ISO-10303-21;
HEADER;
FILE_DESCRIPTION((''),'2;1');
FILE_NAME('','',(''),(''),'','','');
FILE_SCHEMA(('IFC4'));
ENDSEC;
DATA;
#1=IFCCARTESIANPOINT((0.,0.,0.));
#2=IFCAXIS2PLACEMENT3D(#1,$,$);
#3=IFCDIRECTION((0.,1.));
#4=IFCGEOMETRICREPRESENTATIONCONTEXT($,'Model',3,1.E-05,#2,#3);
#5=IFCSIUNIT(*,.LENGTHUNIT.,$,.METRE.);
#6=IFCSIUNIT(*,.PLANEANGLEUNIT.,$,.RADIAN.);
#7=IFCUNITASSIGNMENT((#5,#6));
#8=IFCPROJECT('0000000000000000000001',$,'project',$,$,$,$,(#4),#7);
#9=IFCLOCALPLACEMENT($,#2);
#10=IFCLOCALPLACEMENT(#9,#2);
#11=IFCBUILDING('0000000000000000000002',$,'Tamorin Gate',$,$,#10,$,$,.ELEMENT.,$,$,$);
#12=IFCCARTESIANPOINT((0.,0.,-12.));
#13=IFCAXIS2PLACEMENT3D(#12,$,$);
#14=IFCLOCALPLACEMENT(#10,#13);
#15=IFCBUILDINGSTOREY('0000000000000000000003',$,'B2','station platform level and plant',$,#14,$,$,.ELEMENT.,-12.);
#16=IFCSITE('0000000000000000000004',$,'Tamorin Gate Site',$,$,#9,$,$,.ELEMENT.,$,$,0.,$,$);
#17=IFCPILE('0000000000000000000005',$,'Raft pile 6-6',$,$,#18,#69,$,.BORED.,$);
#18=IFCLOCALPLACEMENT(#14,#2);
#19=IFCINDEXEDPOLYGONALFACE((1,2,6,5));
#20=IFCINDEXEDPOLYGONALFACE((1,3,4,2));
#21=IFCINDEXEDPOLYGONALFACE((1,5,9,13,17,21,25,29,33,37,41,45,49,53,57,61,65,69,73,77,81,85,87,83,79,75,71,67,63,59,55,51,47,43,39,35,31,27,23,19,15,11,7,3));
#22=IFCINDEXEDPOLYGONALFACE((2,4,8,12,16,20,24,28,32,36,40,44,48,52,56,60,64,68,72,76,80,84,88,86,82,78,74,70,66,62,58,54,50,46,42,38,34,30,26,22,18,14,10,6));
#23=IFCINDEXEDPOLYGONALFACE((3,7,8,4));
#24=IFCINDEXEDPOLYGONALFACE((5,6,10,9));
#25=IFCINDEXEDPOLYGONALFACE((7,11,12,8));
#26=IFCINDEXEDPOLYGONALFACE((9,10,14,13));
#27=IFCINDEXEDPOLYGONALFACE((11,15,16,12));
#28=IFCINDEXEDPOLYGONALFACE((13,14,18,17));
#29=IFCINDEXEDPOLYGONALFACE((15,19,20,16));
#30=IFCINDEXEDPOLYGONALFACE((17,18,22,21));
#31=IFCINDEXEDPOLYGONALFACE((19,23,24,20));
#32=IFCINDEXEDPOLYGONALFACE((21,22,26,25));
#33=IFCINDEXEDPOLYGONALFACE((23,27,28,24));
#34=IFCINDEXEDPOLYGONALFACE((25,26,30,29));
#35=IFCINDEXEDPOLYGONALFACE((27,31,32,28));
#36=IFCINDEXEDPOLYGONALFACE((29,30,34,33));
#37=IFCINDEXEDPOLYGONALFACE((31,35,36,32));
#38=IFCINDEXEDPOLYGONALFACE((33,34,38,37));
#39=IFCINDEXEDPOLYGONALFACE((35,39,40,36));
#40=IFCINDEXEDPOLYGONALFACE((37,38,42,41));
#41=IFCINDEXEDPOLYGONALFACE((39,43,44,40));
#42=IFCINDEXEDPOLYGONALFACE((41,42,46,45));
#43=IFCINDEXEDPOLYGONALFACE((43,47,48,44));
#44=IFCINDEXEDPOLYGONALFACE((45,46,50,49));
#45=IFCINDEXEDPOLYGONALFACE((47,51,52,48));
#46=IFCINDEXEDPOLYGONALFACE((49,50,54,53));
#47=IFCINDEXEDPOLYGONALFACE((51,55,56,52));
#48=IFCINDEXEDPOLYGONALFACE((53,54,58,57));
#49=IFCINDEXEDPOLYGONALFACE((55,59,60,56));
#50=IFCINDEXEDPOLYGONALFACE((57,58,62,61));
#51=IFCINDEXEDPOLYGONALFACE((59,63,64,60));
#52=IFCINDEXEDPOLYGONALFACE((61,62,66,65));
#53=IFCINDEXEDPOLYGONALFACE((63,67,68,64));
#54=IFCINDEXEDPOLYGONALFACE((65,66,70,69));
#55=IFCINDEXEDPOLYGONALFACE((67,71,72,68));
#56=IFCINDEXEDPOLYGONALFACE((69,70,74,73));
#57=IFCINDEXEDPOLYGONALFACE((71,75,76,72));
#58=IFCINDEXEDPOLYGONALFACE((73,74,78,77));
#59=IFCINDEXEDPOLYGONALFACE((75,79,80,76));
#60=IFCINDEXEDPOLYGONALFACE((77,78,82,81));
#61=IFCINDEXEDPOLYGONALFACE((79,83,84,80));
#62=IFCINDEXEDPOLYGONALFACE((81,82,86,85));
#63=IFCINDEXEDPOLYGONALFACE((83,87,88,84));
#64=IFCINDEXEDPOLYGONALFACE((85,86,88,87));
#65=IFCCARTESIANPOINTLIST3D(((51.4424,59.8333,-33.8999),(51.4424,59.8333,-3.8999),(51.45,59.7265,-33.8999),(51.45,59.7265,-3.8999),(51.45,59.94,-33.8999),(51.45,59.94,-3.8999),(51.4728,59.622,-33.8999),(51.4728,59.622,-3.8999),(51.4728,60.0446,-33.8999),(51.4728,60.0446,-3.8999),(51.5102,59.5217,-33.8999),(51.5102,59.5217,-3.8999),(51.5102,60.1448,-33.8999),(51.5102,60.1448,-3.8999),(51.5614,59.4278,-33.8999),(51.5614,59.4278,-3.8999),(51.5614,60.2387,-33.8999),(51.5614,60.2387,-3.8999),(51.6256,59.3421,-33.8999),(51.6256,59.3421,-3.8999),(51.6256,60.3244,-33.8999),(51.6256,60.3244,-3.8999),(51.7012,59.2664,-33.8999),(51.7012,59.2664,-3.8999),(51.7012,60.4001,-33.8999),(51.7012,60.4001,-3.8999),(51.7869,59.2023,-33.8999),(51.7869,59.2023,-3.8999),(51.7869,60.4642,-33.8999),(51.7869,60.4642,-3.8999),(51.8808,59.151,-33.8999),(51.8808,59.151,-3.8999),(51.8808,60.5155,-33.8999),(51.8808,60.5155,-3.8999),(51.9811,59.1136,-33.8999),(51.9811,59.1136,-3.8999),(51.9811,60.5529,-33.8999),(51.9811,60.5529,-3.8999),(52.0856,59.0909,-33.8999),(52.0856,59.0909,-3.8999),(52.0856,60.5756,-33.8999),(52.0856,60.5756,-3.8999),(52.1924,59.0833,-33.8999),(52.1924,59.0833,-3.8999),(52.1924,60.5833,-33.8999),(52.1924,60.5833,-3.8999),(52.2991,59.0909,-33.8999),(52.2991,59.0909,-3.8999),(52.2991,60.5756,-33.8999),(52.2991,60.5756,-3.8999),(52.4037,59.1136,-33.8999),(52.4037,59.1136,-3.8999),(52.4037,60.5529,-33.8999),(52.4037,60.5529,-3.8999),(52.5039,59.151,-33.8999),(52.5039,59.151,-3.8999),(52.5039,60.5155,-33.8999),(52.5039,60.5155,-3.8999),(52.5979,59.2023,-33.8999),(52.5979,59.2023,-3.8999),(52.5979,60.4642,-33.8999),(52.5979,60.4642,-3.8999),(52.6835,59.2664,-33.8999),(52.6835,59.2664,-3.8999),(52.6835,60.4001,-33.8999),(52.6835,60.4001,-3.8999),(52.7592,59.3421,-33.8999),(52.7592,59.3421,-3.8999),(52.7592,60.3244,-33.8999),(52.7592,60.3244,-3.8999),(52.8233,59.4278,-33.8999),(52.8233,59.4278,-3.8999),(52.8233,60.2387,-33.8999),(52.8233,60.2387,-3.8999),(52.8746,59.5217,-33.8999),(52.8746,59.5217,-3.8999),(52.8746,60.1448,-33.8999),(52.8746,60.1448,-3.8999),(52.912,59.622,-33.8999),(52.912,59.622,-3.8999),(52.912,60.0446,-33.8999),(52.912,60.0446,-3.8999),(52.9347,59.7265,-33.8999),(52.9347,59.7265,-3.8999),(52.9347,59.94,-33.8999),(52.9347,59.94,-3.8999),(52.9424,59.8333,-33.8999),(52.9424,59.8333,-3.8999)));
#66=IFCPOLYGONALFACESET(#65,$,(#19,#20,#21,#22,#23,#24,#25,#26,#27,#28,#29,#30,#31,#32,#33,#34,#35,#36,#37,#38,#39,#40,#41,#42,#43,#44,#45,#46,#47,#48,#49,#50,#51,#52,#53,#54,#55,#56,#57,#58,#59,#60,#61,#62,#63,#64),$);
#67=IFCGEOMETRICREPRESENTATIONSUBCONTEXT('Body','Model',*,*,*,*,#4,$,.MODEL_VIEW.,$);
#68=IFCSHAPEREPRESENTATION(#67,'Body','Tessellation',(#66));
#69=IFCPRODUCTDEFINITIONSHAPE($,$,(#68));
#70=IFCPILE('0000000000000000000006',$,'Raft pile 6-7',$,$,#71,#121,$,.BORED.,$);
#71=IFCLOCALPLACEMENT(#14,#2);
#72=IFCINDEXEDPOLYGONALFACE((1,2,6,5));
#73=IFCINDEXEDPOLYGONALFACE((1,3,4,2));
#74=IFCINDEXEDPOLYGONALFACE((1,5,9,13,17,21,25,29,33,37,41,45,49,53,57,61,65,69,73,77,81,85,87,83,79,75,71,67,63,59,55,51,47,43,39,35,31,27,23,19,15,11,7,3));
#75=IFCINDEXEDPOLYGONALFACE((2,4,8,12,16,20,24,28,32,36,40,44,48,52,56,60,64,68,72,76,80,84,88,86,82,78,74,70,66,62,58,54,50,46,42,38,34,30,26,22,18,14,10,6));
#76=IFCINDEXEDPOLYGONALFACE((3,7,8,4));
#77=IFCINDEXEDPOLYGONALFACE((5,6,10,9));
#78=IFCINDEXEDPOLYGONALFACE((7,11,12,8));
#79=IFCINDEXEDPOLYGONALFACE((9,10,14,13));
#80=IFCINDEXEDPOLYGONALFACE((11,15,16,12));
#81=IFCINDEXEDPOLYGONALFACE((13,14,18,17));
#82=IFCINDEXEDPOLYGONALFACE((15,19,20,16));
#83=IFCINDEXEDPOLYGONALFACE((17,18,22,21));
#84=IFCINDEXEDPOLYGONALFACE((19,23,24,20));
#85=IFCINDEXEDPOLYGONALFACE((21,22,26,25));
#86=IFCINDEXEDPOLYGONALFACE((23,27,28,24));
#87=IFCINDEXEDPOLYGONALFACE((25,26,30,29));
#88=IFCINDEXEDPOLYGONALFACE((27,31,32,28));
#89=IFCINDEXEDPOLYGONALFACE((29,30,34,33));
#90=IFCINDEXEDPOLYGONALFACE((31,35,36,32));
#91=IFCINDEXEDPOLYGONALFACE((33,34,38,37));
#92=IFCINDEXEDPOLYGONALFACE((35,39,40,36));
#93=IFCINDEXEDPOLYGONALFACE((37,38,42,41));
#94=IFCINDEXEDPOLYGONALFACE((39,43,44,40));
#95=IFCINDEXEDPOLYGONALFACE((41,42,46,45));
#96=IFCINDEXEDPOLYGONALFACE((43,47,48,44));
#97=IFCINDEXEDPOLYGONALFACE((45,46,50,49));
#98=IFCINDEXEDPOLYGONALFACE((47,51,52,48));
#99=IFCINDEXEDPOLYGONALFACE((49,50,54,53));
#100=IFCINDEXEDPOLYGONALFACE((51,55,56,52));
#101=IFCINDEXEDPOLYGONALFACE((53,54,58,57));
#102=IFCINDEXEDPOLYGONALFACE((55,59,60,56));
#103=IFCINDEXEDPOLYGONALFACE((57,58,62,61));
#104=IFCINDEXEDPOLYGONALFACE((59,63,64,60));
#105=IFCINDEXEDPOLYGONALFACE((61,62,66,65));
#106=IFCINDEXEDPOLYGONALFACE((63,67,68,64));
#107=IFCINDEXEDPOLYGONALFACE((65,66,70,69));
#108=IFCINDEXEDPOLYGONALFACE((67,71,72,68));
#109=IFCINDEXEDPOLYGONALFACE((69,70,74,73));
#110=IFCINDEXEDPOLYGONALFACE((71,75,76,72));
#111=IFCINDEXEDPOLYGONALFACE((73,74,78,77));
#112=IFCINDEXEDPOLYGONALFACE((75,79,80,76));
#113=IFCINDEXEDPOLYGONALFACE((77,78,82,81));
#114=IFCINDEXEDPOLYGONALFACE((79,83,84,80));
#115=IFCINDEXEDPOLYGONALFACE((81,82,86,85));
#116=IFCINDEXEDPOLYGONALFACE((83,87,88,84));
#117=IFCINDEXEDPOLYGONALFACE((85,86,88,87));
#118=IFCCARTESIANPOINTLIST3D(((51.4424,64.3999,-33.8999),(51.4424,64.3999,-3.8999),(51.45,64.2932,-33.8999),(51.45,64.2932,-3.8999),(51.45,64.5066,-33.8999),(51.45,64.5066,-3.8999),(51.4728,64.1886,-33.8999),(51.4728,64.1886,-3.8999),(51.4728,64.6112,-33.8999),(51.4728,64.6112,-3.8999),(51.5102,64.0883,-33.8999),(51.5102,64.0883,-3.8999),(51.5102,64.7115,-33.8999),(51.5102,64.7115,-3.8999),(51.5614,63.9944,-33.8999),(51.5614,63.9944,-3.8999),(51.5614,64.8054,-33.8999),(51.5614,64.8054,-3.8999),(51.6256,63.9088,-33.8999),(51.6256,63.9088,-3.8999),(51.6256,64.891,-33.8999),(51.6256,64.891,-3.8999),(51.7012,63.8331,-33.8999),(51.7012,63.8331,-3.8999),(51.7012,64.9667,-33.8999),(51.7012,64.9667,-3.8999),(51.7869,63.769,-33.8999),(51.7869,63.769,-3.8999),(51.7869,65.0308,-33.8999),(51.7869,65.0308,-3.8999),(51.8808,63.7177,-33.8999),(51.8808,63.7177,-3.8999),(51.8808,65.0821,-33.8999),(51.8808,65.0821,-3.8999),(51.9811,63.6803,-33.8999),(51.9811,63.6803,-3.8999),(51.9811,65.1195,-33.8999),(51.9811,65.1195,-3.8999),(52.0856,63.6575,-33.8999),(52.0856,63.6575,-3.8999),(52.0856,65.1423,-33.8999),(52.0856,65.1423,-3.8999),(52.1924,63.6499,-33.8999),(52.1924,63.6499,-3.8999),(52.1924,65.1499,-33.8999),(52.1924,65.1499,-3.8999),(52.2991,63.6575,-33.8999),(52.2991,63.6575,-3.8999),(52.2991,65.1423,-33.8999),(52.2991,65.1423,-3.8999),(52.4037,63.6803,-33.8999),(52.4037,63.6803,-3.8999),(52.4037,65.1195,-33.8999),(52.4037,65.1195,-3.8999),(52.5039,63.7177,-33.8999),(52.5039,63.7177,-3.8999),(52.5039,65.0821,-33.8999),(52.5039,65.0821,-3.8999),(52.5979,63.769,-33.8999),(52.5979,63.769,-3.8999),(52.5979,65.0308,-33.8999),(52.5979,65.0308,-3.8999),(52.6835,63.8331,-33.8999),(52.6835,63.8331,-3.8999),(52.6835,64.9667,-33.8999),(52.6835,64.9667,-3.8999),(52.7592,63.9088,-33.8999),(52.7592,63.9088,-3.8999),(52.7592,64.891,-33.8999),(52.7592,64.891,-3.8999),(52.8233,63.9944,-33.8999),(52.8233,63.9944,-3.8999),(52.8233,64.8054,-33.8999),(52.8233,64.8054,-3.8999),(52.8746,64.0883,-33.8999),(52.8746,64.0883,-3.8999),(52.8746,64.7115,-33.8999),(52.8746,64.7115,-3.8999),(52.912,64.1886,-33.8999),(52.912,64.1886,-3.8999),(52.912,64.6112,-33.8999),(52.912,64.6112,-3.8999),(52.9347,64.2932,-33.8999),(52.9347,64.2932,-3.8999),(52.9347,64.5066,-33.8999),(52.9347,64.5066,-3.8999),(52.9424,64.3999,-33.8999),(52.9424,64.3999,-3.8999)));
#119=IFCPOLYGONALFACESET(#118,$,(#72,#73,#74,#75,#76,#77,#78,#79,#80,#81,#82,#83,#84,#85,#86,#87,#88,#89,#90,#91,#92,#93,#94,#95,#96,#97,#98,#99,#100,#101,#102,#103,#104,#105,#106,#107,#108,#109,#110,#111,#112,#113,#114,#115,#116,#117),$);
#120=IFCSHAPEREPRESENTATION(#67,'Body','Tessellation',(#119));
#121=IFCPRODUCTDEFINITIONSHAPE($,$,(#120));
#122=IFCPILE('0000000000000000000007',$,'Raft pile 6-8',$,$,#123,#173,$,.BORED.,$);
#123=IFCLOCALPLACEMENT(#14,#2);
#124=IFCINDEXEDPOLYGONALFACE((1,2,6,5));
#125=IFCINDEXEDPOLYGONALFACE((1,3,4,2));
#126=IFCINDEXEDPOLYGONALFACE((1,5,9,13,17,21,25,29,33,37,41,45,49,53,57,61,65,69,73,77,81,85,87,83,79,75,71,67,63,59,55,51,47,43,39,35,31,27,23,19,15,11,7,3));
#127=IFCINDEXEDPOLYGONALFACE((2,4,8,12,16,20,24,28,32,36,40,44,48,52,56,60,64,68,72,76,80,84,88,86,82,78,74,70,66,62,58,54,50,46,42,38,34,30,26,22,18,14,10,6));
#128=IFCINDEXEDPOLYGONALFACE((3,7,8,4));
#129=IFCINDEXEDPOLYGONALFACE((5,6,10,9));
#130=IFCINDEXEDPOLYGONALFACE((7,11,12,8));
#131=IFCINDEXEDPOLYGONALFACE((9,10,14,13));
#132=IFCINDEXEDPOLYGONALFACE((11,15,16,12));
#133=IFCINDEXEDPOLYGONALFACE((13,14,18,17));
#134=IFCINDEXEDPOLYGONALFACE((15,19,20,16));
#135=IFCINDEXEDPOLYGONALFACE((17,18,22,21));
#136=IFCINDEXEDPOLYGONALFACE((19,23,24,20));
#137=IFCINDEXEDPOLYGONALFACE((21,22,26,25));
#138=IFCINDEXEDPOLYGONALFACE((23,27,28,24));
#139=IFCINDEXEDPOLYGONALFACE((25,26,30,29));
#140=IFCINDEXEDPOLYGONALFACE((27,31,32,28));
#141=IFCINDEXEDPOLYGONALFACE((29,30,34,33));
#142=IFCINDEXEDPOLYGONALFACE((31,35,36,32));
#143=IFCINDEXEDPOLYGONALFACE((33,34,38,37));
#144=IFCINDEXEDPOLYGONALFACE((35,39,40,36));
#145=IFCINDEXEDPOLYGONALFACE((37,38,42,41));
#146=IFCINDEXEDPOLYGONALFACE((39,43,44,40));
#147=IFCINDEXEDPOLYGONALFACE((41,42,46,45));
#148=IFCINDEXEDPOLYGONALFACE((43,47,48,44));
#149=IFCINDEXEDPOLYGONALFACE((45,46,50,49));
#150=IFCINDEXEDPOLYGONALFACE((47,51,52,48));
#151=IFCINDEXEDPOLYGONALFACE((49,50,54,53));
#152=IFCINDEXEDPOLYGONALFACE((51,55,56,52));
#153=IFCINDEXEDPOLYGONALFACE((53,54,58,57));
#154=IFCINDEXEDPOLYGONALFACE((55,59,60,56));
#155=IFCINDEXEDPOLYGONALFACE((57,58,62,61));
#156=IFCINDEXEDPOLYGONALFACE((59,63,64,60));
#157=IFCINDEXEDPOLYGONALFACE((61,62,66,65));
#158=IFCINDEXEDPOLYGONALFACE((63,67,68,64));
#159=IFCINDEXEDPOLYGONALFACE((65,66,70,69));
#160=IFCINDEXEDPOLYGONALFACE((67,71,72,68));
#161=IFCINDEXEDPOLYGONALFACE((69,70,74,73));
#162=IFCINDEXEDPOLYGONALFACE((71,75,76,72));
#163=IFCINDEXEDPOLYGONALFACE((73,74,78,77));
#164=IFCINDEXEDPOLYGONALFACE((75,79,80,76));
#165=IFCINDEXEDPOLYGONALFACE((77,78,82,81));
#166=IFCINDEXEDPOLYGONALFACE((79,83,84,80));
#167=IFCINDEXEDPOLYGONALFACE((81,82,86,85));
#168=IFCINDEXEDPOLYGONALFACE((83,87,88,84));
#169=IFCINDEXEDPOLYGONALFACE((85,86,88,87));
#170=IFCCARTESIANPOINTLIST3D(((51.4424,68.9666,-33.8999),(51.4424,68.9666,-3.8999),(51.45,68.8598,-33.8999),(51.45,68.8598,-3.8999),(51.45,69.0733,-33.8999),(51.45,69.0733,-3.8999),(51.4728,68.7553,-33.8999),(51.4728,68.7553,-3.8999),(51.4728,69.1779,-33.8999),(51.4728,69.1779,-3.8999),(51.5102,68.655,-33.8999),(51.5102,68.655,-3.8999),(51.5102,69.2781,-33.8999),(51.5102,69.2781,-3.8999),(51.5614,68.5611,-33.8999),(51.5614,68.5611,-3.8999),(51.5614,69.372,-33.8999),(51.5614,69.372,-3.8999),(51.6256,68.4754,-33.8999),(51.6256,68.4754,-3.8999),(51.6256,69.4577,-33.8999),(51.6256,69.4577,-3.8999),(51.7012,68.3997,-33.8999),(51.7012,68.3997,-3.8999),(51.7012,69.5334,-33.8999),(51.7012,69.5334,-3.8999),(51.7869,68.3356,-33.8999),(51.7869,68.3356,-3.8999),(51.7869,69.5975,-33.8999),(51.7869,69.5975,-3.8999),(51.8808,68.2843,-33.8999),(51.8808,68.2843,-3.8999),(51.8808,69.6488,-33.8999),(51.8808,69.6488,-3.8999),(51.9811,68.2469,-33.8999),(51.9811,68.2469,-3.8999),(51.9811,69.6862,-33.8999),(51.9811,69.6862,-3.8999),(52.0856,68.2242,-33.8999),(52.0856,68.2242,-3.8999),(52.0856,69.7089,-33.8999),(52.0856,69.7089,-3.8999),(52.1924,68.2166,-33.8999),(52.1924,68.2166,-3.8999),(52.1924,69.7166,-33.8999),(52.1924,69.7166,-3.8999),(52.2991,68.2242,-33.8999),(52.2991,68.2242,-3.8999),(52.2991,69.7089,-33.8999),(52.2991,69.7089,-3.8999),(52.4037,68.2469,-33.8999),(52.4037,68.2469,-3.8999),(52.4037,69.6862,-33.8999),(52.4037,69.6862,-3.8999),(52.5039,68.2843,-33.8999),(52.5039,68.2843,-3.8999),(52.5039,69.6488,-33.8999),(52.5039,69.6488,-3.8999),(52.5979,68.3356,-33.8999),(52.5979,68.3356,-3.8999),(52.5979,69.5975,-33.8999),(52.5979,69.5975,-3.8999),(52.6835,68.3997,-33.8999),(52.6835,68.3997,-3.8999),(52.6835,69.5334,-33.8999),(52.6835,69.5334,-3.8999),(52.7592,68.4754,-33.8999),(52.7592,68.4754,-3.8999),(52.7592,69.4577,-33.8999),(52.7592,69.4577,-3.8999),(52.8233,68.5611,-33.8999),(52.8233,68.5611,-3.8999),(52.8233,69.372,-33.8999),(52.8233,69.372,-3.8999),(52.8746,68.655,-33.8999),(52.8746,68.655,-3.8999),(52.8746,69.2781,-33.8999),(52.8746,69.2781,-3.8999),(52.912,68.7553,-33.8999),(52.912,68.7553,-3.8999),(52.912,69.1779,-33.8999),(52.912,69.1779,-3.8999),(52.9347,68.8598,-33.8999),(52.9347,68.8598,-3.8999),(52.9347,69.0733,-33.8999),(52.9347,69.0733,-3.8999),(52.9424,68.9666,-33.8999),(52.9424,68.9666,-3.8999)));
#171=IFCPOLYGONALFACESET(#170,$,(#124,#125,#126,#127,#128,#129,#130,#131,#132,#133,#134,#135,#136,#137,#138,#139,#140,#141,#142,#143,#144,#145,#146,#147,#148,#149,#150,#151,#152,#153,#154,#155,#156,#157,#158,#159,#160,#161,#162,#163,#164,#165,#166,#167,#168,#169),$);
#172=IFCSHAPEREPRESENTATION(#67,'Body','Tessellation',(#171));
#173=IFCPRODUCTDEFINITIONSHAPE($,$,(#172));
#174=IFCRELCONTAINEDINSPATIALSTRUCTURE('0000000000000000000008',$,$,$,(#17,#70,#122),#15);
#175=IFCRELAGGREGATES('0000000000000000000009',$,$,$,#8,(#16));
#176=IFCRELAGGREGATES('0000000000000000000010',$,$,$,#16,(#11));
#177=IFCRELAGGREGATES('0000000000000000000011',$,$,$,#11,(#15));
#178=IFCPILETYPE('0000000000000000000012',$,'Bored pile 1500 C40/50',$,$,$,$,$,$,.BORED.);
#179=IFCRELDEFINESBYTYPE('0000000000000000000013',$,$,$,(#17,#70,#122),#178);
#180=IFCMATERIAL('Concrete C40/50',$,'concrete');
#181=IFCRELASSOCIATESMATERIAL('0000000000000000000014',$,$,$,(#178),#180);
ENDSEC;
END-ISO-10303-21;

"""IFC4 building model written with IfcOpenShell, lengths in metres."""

from ifc_helpers import new_model, si_unit, direction, frame, origin, origin_2d, place, context, subcontext, project, spatial, circle, extrude, material, material_profile, profile_set, type_object, element, save


model = new_model("IFC4")

# Units and contexts
model_context = context("Model", 3, precision=1e-05, world=origin(), true_north=direction((0.0, 1.0)))
body_context = subcontext(model_context, "Body", "Model", "MODEL_VIEW")
ifc_project = project(units=[si_unit("LENGTHUNIT", "METRE"), si_unit("PLANEANGLEUNIT", "RADIAN")], contexts=[model_context])

# Site, building, storey
site_placement = place(None, origin())
site = spatial("IfcSite", under=ifc_project, at=site_placement, Name="Tamorin Gate Site", CompositionType="ELEMENT", RefElevation=0.0)
building_placement = place(site_placement, origin())
building = spatial("IfcBuilding", under=site, at=building_placement, Name="Tamorin Gate", CompositionType="ELEMENT")
storey_placement = place(building_placement, frame((0.0, 0.0, -12.0)))
storey = spatial("IfcBuildingStorey", under=building, at=storey_placement, Name="B2", Description="station platform level and plant", CompositionType="ELEMENT", Elevation=-12.0)

# Piles
ifc_material_1 = material(Name="Concrete C40/50", Category="concrete")
ifc_material_profile_1 = material_profile(ifc_material_1, circle(Radius=0.75, at=origin_2d()))
ifc_profile_set_1 = profile_set([ifc_material_profile_1], Name="Concrete C40/50")
pile_type = type_object("IfcPileType", Name="Bored pile 1500 C40/50", PredefinedType="BORED", material=ifc_profile_set_1)
for number, where, z_axis, x_axis, name in (
    (1, (52.1924, 59.8333, -3.8999), (0.0, 0.0, -1.0), (1.0, 0.0, 0.0), "Raft pile 6-6"),
    (2, (52.1924, 64.3999, -3.8999), (0.0, 0.0, -1.0), (1.0, 0.0, 0.0), "Raft pile 6-7"),
    (3, (52.1924, 68.9666, -3.8999), (0.0, 0.0, -1.0), (1.0, 0.0, 0.0), "Raft pile 6-8"),
):
    element("IfcPile", number, at=place(storey_placement, frame(where, z_axis=z_axis, x_axis=x_axis)), inside=storey, type_object=pile_type, Name=name, PredefinedType="BORED", context=body_context, shape_type="SweptSolid", body=[
        extrude(circle(Radius=0.75, at=origin_2d()), origin(), (0.0, 0.0, 1.0), 30.0),
    ])

save(model, "model.ifc")
